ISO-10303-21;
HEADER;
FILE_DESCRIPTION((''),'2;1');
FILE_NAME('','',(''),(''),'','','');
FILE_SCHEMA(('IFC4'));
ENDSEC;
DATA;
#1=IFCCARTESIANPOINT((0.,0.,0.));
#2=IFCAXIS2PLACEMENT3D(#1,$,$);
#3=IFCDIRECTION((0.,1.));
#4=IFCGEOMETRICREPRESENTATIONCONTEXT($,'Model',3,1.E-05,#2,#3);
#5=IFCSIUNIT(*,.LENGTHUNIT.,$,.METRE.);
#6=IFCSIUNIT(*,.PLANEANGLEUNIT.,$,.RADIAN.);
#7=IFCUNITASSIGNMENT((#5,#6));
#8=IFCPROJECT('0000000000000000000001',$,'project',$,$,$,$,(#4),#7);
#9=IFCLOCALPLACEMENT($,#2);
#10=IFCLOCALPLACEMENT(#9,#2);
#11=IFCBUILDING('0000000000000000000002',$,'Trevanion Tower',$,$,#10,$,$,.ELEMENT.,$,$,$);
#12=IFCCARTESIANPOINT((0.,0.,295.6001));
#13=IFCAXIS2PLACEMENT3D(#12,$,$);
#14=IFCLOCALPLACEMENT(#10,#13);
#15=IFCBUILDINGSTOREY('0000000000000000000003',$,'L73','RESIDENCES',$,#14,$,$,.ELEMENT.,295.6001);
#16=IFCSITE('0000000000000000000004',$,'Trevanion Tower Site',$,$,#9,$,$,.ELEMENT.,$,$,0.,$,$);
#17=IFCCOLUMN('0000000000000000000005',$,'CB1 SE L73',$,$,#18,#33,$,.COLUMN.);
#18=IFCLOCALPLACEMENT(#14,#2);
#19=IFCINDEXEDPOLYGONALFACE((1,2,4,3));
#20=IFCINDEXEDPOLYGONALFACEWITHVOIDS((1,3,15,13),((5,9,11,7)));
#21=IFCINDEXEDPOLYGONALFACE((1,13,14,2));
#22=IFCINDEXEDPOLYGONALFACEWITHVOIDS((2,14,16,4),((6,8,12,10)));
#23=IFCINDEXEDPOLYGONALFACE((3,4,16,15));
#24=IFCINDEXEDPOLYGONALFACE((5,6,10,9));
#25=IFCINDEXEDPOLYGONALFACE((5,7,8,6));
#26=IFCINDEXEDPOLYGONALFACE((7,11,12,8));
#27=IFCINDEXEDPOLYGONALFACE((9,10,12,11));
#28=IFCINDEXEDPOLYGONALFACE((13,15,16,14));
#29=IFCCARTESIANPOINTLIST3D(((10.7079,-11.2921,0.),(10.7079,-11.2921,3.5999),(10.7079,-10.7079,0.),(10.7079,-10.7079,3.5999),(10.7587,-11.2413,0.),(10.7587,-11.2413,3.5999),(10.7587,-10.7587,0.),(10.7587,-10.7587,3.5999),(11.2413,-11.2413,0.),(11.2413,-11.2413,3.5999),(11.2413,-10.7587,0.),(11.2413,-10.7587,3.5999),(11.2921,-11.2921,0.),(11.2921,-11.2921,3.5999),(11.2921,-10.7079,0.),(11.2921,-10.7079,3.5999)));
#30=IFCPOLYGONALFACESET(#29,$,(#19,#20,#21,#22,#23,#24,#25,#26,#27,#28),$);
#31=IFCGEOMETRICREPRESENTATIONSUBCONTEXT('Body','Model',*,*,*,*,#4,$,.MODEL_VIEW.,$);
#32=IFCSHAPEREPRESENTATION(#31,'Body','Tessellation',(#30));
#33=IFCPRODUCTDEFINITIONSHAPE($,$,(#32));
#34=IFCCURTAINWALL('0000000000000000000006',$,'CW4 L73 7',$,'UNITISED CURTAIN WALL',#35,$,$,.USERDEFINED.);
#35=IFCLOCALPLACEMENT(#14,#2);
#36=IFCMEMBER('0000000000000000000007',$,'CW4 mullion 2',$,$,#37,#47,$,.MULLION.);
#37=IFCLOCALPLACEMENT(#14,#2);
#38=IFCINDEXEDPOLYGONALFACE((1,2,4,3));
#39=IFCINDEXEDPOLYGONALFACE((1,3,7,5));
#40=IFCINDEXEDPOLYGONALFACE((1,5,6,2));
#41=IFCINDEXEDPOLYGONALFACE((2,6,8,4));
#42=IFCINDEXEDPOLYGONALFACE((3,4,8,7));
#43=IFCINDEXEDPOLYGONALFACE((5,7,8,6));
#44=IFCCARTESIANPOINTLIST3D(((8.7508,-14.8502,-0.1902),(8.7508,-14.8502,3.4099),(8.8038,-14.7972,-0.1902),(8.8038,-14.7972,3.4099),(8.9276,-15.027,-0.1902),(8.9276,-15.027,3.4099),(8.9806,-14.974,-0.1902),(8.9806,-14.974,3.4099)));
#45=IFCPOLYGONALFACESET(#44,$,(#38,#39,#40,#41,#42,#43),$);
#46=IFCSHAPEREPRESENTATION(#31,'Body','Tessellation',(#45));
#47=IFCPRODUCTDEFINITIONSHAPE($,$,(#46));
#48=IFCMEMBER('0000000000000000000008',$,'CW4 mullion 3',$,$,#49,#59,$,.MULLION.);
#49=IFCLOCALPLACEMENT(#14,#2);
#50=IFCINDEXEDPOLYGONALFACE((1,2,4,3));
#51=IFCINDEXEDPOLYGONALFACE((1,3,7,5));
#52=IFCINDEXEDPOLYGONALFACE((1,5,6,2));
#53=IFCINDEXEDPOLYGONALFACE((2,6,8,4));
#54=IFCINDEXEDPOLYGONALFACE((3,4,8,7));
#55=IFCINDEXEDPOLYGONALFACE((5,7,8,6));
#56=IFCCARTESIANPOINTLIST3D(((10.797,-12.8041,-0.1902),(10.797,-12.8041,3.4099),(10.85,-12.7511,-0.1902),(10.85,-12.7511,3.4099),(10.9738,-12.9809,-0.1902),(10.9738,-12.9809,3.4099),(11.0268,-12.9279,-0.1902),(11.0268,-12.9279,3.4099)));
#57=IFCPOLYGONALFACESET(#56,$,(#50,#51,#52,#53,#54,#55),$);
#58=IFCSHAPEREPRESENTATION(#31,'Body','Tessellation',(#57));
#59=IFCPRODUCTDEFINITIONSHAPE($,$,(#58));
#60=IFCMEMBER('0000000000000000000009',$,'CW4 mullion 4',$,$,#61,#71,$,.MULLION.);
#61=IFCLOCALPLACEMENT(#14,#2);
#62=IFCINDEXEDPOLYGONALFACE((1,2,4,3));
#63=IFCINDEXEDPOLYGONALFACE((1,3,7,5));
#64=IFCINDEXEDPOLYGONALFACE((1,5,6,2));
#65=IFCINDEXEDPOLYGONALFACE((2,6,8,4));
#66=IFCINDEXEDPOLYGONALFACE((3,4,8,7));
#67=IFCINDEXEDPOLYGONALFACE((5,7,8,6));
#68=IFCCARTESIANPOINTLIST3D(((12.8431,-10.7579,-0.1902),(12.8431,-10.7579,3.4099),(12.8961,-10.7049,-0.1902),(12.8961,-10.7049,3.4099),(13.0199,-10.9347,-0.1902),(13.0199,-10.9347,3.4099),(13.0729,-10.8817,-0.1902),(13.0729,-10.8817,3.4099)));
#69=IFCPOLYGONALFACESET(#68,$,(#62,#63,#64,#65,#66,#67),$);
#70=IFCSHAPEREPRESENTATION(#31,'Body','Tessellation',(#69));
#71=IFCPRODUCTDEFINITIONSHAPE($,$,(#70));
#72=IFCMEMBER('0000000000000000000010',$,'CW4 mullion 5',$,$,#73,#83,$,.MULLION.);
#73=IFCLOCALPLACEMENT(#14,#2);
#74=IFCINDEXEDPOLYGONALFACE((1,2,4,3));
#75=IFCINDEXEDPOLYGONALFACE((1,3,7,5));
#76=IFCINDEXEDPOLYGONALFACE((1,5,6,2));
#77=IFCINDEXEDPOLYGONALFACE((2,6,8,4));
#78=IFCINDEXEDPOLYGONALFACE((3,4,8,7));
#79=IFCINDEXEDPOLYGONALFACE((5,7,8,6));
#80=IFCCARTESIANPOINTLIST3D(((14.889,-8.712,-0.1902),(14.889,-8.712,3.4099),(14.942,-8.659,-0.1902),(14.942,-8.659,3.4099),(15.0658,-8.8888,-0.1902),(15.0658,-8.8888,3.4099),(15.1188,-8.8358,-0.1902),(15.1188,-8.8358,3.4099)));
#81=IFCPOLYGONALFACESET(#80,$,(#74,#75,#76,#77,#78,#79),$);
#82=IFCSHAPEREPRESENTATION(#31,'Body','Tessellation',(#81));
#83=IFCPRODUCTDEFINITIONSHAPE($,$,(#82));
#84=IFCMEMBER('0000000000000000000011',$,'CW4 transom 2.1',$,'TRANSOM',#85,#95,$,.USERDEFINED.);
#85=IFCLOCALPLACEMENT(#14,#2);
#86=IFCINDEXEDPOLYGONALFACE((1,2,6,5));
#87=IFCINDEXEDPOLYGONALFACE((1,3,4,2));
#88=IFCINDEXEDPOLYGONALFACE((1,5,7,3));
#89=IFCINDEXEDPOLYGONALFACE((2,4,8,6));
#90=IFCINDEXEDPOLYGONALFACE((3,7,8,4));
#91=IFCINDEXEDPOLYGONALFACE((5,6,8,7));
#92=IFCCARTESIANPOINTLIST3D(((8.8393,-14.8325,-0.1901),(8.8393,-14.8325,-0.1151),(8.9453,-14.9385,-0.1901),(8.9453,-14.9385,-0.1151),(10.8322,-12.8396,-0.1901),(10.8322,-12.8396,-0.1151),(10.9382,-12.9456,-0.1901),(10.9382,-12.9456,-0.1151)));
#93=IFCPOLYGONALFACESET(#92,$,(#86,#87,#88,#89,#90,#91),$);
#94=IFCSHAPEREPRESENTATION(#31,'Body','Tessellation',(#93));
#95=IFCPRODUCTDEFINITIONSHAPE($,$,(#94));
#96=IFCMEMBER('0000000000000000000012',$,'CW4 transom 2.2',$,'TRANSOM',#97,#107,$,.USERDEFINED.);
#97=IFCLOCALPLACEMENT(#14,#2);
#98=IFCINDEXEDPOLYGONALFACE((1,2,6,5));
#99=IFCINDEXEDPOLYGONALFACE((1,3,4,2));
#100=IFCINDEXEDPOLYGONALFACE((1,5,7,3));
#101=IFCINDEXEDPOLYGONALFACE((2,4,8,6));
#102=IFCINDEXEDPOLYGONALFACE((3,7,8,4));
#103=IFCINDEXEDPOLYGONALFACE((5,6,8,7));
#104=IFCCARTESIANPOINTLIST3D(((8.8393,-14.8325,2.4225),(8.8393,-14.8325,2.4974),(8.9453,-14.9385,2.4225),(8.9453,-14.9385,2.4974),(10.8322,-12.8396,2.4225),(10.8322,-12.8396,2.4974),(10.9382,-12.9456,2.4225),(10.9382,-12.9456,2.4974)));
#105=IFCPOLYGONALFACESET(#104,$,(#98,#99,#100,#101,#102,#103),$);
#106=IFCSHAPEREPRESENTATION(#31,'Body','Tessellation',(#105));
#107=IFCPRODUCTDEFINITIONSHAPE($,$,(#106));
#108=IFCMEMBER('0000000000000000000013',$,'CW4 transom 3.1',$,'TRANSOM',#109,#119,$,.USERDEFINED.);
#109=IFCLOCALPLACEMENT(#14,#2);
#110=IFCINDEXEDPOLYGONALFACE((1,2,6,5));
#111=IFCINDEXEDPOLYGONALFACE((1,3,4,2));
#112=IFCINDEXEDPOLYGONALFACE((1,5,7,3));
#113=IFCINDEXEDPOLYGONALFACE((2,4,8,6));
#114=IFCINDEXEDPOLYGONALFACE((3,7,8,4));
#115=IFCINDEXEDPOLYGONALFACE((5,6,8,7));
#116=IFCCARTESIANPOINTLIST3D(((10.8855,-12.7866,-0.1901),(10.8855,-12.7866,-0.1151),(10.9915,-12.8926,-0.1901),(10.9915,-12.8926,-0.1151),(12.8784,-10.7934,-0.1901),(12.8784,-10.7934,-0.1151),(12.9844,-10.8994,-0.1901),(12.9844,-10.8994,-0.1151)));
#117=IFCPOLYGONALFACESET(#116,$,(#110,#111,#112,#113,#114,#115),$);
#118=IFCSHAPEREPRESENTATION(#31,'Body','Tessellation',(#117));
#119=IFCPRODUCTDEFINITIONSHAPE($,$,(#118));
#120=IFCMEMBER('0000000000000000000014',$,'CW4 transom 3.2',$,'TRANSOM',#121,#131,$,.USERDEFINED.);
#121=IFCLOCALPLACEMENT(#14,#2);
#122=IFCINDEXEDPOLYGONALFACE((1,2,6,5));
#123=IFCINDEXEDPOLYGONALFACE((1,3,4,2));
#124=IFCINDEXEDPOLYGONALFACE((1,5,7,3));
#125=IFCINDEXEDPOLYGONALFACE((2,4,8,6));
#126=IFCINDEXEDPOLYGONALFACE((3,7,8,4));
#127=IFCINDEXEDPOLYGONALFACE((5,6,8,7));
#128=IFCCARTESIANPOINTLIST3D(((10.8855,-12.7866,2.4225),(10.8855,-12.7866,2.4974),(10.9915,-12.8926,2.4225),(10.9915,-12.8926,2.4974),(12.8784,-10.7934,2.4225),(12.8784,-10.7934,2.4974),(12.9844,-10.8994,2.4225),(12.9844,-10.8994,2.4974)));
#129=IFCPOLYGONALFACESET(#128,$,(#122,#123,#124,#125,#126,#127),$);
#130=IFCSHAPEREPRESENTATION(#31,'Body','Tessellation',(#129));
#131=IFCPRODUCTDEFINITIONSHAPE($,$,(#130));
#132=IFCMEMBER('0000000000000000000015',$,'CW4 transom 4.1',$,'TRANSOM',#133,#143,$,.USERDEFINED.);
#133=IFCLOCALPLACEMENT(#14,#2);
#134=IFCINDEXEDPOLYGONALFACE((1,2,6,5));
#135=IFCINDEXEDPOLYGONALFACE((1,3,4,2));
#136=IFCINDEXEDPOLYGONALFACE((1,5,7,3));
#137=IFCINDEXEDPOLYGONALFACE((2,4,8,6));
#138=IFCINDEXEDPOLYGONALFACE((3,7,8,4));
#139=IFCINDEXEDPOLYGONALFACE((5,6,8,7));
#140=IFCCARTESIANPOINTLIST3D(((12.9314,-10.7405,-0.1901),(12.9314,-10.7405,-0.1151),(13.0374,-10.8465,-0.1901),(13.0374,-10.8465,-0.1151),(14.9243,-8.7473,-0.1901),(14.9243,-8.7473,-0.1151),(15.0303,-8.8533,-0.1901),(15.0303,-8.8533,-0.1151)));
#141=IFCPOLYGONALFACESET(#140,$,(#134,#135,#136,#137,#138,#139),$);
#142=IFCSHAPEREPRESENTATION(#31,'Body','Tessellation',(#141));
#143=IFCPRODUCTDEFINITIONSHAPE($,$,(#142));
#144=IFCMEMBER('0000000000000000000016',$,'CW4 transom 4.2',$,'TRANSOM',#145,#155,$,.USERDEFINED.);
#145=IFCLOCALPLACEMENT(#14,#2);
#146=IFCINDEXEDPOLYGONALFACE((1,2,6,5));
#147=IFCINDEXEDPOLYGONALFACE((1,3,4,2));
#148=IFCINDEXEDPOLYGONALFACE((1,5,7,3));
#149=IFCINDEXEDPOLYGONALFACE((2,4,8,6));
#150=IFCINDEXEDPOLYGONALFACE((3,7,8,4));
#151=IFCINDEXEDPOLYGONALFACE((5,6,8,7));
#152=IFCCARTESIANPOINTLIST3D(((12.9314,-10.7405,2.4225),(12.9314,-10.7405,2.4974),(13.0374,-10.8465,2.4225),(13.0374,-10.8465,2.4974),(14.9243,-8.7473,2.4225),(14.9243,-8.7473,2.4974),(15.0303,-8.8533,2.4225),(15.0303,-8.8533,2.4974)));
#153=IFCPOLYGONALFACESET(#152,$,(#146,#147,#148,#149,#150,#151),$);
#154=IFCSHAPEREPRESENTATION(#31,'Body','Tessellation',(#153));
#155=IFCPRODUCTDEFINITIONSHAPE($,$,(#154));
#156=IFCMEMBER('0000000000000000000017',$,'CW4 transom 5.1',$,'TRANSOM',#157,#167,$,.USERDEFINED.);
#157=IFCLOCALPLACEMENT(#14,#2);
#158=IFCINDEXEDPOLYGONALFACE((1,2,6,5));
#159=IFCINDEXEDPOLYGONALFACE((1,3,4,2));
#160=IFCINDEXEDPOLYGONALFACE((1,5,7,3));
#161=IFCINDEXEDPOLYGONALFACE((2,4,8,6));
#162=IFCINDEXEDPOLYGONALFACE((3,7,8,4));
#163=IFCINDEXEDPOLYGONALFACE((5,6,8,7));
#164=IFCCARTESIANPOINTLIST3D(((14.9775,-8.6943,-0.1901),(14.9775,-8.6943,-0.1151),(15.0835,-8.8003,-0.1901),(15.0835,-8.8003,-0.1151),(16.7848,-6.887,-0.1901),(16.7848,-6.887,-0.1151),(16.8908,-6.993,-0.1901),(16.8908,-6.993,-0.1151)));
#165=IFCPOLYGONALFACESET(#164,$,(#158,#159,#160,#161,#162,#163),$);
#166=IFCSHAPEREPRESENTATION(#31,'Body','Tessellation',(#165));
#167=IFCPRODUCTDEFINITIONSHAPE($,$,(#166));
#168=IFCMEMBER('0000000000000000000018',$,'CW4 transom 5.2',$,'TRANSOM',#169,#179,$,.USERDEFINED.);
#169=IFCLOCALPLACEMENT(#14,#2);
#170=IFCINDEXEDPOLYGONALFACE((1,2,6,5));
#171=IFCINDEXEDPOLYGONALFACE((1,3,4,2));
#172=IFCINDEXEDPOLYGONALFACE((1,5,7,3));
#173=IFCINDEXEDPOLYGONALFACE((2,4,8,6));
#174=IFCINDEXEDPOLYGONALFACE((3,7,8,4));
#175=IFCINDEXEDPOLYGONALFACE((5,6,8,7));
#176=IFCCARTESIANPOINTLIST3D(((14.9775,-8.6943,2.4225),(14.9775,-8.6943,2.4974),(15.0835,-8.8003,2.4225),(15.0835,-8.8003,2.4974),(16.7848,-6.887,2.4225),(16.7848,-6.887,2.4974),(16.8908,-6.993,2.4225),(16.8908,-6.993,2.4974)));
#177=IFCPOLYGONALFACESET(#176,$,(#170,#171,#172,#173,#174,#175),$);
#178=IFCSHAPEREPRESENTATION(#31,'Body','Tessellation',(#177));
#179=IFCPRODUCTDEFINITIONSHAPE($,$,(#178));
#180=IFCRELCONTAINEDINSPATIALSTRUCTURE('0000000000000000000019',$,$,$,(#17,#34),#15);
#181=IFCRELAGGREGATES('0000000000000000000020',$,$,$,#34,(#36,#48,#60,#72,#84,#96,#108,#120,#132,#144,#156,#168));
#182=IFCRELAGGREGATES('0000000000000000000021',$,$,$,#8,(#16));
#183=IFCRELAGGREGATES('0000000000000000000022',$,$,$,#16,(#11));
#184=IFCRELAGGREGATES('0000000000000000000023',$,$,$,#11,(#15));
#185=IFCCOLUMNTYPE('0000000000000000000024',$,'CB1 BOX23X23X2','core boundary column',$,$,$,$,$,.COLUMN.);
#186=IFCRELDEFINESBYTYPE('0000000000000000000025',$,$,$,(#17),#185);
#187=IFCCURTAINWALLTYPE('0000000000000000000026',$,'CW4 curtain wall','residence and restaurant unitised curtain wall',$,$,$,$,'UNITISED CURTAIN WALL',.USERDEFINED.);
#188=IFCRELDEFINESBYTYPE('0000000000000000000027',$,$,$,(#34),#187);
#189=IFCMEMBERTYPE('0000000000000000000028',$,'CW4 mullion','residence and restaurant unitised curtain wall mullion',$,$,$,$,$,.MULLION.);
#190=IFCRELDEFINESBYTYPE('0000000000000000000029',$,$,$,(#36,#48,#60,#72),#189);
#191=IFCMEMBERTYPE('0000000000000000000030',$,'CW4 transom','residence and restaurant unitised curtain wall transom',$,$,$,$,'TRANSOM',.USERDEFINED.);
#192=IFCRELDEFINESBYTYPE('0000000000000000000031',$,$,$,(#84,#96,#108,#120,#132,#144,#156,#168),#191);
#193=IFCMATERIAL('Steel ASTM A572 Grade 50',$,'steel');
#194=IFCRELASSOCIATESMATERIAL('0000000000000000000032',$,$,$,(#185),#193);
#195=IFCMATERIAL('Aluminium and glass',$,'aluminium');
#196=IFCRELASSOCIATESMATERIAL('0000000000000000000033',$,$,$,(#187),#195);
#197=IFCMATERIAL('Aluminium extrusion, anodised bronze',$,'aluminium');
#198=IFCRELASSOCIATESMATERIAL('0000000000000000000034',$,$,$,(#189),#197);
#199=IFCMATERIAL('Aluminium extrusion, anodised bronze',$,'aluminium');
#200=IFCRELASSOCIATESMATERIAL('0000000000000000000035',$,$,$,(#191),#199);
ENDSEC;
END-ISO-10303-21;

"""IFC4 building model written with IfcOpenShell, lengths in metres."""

from ifc_helpers import new_model, si_unit, direction, frame, origin, origin_2d, place, context, subcontext, project, spatial, rectangle, hollow_rectangle, extrude, material, material_profile, profile_set, type_object, element, aggregate, save


model = new_model("IFC4")

# Units and contexts
model_context = context("Model", 3, precision=1e-05, world=origin(), true_north=direction((0.0, 1.0)))
body_context = subcontext(model_context, "Body", "Model", "MODEL_VIEW")
ifc_project = project(units=[si_unit("LENGTHUNIT", "METRE"), si_unit("PLANEANGLEUNIT", "RADIAN")], contexts=[model_context])

# Site, building, storey
site_placement = place(None, origin())
site = spatial("IfcSite", under=ifc_project, at=site_placement, Name="Trevanion Tower Site", CompositionType="ELEMENT", RefElevation=0.0)
building_placement = place(site_placement, origin())
building = spatial("IfcBuilding", under=site, at=building_placement, Name="Trevanion Tower", CompositionType="ELEMENT")
storey_placement = place(building_placement, frame((0.0, 0.0, 295.6001)))
storey = spatial("IfcBuildingStorey", under=building, at=storey_placement, Name="L73", Description="RESIDENCES", CompositionType="ELEMENT", Elevation=295.6001)

# Column
ifc_material_1 = material(Name="Steel ASTM A572 Grade 50", Category="steel")
ifc_material_profile_1 = material_profile(ifc_material_1, hollow_rectangle(XDim=0.5842, YDim=0.5842, WallThickness=0.0508, at=origin_2d()), Name="BOX23X23X2")
ifc_profile_set_1 = profile_set([ifc_material_profile_1], Name="Steel ASTM A572 Grade 50")
column_type = type_object("IfcColumnType", Name="CB1 BOX23X23X2", Description="core boundary column", PredefinedType="COLUMN", material=ifc_profile_set_1)
column_placement = place(storey_placement, frame((11.0, -11.0, 0.0), z_axis=(0.0, 0.0, 1.0), x_axis=(1.0, 0.0, 0.0)))
element("IfcColumn", 1, at=column_placement, inside=storey, type_object=column_type, Name="CB1 SE L73", PredefinedType="COLUMN", context=body_context, shape_type="SweptSolid", body=[
    extrude(hollow_rectangle(XDim=0.5842, YDim=0.5842, WallThickness=0.0508, at=origin_2d()), origin(), (0.0, 0.0, 1.0), 3.5999),
])

# Curtain wall, members
ifc_material_2 = material(Name="Aluminium and glass", Category="aluminium")
curtain_wall_type = type_object("IfcCurtainWallType", Name="CW4 curtain wall", Description="residence and restaurant unitised curtain wall", ElementType="UNITISED CURTAIN WALL", PredefinedType="USERDEFINED", material=ifc_material_2)
curtain_wall_placement = place(storey_placement, origin())
curtain_wall = element("IfcCurtainWall", 2, at=curtain_wall_placement, inside=storey, type_object=curtain_wall_type, Name="CW4 L73 7", ObjectType="UNITISED CURTAIN WALL", PredefinedType="USERDEFINED")
ifc_material_3 = material(Name="Aluminium extrusion, anodised bronze", Category="aluminium")
ifc_material_profile_2 = material_profile(ifc_material_3, rectangle(XDim=0.075, YDim=0.25, at=origin_2d()), Name="CW4 mullion")
ifc_profile_set_2 = profile_set([ifc_material_profile_2], Name="Aluminium extrusion, anodised bronze")
member_type_1 = type_object("IfcMemberType", Name="CW4 mullion", Description="residence and restaurant unitised curtain wall mullion", PredefinedType="MULLION", material=ifc_profile_set_2)
member_1_placement = place(storey_placement, frame((8.8657, -14.9121, -0.1902), z_axis=(0.0, 0.0, 1.0), x_axis=(0.707107, 0.707107, 0.0)))
member_1 = element("IfcMember", 3, at=member_1_placement, type_object=member_type_1, Name="CW4 mullion 2", PredefinedType="MULLION", context=body_context, shape_type="SweptSolid", body=[
    extrude(rectangle(XDim=0.075, YDim=0.25, at=origin_2d()), origin(), (0.0, 0.0, 1.0), 3.6001),
])
member_2_placement = place(storey_placement, frame((10.9119, -12.866, -0.1902), z_axis=(0.0, 0.0, 1.0), x_axis=(0.707107, 0.707107, 0.0)))
member_2 = element("IfcMember", 4, at=member_2_placement, type_object=member_type_1, Name="CW4 mullion 3", PredefinedType="MULLION", context=body_context, shape_type="SweptSolid", body=[
    extrude(rectangle(XDim=0.075, YDim=0.25, at=origin_2d()), origin(), (0.0, 0.0, 1.0), 3.6001),
])
member_3_placement = place(storey_placement, frame((12.958, -10.8198, -0.1902), z_axis=(0.0, 0.0, 1.0), x_axis=(0.707107, 0.707107, 0.0)))
member_3 = element("IfcMember", 5, at=member_3_placement, type_object=member_type_1, Name="CW4 mullion 4", PredefinedType="MULLION", context=body_context, shape_type="SweptSolid", body=[
    extrude(rectangle(XDim=0.075, YDim=0.25, at=origin_2d()), origin(), (0.0, 0.0, 1.0), 3.6001),
])
member_4_placement = place(storey_placement, frame((15.0039, -8.7739, -0.1902), z_axis=(0.0, 0.0, 1.0), x_axis=(0.707107, 0.707107, 0.0)))
member_4 = element("IfcMember", 6, at=member_4_placement, type_object=member_type_1, Name="CW4 mullion 5", PredefinedType="MULLION", context=body_context, shape_type="SweptSolid", body=[
    extrude(rectangle(XDim=0.075, YDim=0.25, at=origin_2d()), origin(), (0.0, 0.0, 1.0), 3.6001),
])
ifc_material_4 = material(Name="Aluminium extrusion, anodised bronze", Category="aluminium")
ifc_material_profile_3 = material_profile(ifc_material_4, rectangle(XDim=0.1499, YDim=0.075, at=origin_2d()), Name="CW4 transom")
ifc_profile_set_3 = profile_set([ifc_material_profile_3], Name="Aluminium extrusion, anodised bronze")
member_type_2 = type_object("IfcMemberType", Name="CW4 transom", Description="residence and restaurant unitised curtain wall transom", ElementType="TRANSOM", PredefinedType="USERDEFINED", material=ifc_profile_set_3)
member_5_placement = place(storey_placement, frame((8.8923, -14.8855, -0.1526), z_axis=(0.707107, 0.707107, 0.0), x_axis=(-0.707107, 0.707107, 0.0)))
member_5 = element("IfcMember", 7, at=member_5_placement, type_object=member_type_2, Name="CW4 transom 2.1", ObjectType="TRANSOM", PredefinedType="USERDEFINED", context=body_context, shape_type="SweptSolid", body=[
    extrude(rectangle(XDim=0.1499, YDim=0.075, at=origin_2d()), origin(), (0.0, 0.0, 1.0), 2.8184),
])
member_6_placement = place(storey_placement, frame((8.8923, -14.8855, 2.46), z_axis=(0.707107, 0.707107, 0.0), x_axis=(-0.707107, 0.707107, 0.0)))
member_6 = element("IfcMember", 8, at=member_6_placement, type_object=member_type_2, Name="CW4 transom 2.2", ObjectType="TRANSOM", PredefinedType="USERDEFINED", context=body_context, shape_type="SweptSolid", body=[
    extrude(rectangle(XDim=0.1499, YDim=0.075, at=origin_2d()), origin(), (0.0, 0.0, 1.0), 2.8184),
])
member_7_placement = place(storey_placement, frame((10.9385, -12.8396, -0.1526), z_axis=(0.707063, 0.70715, 0.0), x_axis=(-0.70715, 0.707063, 0.0)))
member_7 = element("IfcMember", 9, at=member_7_placement, type_object=member_type_2, Name="CW4 transom 3.1", ObjectType="TRANSOM", PredefinedType="USERDEFINED", context=body_context, shape_type="SweptSolid", body=[
    extrude(rectangle(XDim=0.1499, YDim=0.075, at=origin_2d()), origin(), (0.0, 0.0, 1.0), 2.8186),
])
member_8_placement = place(storey_placement, frame((10.9385, -12.8396, 2.46), z_axis=(0.707063, 0.70715, 0.0), x_axis=(-0.70715, 0.707063, 0.0)))
member_8 = element("IfcMember", 10, at=member_8_placement, type_object=member_type_2, Name="CW4 transom 3.2", ObjectType="TRANSOM", PredefinedType="USERDEFINED", context=body_context, shape_type="SweptSolid", body=[
    extrude(rectangle(XDim=0.1499, YDim=0.075, at=origin_2d()), origin(), (0.0, 0.0, 1.0), 2.8186),
])
member_9_placement = place(storey_placement, frame((12.9844, -10.7935, -0.1526), z_axis=(0.707063, 0.70715, 0.0), x_axis=(-0.70715, 0.707063, 0.0)))
member_9 = element("IfcMember", 11, at=member_9_placement, type_object=member_type_2, Name="CW4 transom 4.1", ObjectType="TRANSOM", PredefinedType="USERDEFINED", context=body_context, shape_type="SweptSolid", body=[
    extrude(rectangle(XDim=0.1499, YDim=0.075, at=origin_2d()), origin(), (0.0, 0.0, 1.0), 2.8186),
])
member_10_placement = place(storey_placement, frame((12.9844, -10.7935, 2.46), z_axis=(0.707063, 0.70715, 0.0), x_axis=(-0.70715, 0.707063, 0.0)))
member_10 = element("IfcMember", 12, at=member_10_placement, type_object=member_type_2, Name="CW4 transom 4.2", ObjectType="TRANSOM", PredefinedType="USERDEFINED", context=body_context, shape_type="SweptSolid", body=[
    extrude(rectangle(XDim=0.1499, YDim=0.075, at=origin_2d()), origin(), (0.0, 0.0, 1.0), 2.8186),
])
member_11_placement = place(storey_placement, frame((15.0305, -8.7473, -0.1526), z_axis=(0.707107, 0.707107, 0.0), x_axis=(-0.707107, 0.707107, 0.0)))
member_11 = element("IfcMember", 13, at=member_11_placement, type_object=member_type_2, Name="CW4 transom 5.1", ObjectType="TRANSOM", PredefinedType="USERDEFINED", context=body_context, shape_type="SweptSolid", body=[
    extrude(rectangle(XDim=0.1499, YDim=0.075, at=origin_2d()), origin(), (0.0, 0.0, 1.0), 2.5559),
])
member_12_placement = place(storey_placement, frame((15.0305, -8.7473, 2.46), z_axis=(0.707107, 0.707107, 0.0), x_axis=(-0.707107, 0.707107, 0.0)))
member_12 = element("IfcMember", 14, at=member_12_placement, type_object=member_type_2, Name="CW4 transom 5.2", ObjectType="TRANSOM", PredefinedType="USERDEFINED", context=body_context, shape_type="SweptSolid", body=[
    extrude(rectangle(XDim=0.1499, YDim=0.075, at=origin_2d()), origin(), (0.0, 0.0, 1.0), 2.5559),
])

aggregate(curtain_wall, [member_1, member_2, member_3, member_4, member_5, member_6, member_7, member_8, member_9, member_10, member_11, member_12])

save(model, "model.ifc")
